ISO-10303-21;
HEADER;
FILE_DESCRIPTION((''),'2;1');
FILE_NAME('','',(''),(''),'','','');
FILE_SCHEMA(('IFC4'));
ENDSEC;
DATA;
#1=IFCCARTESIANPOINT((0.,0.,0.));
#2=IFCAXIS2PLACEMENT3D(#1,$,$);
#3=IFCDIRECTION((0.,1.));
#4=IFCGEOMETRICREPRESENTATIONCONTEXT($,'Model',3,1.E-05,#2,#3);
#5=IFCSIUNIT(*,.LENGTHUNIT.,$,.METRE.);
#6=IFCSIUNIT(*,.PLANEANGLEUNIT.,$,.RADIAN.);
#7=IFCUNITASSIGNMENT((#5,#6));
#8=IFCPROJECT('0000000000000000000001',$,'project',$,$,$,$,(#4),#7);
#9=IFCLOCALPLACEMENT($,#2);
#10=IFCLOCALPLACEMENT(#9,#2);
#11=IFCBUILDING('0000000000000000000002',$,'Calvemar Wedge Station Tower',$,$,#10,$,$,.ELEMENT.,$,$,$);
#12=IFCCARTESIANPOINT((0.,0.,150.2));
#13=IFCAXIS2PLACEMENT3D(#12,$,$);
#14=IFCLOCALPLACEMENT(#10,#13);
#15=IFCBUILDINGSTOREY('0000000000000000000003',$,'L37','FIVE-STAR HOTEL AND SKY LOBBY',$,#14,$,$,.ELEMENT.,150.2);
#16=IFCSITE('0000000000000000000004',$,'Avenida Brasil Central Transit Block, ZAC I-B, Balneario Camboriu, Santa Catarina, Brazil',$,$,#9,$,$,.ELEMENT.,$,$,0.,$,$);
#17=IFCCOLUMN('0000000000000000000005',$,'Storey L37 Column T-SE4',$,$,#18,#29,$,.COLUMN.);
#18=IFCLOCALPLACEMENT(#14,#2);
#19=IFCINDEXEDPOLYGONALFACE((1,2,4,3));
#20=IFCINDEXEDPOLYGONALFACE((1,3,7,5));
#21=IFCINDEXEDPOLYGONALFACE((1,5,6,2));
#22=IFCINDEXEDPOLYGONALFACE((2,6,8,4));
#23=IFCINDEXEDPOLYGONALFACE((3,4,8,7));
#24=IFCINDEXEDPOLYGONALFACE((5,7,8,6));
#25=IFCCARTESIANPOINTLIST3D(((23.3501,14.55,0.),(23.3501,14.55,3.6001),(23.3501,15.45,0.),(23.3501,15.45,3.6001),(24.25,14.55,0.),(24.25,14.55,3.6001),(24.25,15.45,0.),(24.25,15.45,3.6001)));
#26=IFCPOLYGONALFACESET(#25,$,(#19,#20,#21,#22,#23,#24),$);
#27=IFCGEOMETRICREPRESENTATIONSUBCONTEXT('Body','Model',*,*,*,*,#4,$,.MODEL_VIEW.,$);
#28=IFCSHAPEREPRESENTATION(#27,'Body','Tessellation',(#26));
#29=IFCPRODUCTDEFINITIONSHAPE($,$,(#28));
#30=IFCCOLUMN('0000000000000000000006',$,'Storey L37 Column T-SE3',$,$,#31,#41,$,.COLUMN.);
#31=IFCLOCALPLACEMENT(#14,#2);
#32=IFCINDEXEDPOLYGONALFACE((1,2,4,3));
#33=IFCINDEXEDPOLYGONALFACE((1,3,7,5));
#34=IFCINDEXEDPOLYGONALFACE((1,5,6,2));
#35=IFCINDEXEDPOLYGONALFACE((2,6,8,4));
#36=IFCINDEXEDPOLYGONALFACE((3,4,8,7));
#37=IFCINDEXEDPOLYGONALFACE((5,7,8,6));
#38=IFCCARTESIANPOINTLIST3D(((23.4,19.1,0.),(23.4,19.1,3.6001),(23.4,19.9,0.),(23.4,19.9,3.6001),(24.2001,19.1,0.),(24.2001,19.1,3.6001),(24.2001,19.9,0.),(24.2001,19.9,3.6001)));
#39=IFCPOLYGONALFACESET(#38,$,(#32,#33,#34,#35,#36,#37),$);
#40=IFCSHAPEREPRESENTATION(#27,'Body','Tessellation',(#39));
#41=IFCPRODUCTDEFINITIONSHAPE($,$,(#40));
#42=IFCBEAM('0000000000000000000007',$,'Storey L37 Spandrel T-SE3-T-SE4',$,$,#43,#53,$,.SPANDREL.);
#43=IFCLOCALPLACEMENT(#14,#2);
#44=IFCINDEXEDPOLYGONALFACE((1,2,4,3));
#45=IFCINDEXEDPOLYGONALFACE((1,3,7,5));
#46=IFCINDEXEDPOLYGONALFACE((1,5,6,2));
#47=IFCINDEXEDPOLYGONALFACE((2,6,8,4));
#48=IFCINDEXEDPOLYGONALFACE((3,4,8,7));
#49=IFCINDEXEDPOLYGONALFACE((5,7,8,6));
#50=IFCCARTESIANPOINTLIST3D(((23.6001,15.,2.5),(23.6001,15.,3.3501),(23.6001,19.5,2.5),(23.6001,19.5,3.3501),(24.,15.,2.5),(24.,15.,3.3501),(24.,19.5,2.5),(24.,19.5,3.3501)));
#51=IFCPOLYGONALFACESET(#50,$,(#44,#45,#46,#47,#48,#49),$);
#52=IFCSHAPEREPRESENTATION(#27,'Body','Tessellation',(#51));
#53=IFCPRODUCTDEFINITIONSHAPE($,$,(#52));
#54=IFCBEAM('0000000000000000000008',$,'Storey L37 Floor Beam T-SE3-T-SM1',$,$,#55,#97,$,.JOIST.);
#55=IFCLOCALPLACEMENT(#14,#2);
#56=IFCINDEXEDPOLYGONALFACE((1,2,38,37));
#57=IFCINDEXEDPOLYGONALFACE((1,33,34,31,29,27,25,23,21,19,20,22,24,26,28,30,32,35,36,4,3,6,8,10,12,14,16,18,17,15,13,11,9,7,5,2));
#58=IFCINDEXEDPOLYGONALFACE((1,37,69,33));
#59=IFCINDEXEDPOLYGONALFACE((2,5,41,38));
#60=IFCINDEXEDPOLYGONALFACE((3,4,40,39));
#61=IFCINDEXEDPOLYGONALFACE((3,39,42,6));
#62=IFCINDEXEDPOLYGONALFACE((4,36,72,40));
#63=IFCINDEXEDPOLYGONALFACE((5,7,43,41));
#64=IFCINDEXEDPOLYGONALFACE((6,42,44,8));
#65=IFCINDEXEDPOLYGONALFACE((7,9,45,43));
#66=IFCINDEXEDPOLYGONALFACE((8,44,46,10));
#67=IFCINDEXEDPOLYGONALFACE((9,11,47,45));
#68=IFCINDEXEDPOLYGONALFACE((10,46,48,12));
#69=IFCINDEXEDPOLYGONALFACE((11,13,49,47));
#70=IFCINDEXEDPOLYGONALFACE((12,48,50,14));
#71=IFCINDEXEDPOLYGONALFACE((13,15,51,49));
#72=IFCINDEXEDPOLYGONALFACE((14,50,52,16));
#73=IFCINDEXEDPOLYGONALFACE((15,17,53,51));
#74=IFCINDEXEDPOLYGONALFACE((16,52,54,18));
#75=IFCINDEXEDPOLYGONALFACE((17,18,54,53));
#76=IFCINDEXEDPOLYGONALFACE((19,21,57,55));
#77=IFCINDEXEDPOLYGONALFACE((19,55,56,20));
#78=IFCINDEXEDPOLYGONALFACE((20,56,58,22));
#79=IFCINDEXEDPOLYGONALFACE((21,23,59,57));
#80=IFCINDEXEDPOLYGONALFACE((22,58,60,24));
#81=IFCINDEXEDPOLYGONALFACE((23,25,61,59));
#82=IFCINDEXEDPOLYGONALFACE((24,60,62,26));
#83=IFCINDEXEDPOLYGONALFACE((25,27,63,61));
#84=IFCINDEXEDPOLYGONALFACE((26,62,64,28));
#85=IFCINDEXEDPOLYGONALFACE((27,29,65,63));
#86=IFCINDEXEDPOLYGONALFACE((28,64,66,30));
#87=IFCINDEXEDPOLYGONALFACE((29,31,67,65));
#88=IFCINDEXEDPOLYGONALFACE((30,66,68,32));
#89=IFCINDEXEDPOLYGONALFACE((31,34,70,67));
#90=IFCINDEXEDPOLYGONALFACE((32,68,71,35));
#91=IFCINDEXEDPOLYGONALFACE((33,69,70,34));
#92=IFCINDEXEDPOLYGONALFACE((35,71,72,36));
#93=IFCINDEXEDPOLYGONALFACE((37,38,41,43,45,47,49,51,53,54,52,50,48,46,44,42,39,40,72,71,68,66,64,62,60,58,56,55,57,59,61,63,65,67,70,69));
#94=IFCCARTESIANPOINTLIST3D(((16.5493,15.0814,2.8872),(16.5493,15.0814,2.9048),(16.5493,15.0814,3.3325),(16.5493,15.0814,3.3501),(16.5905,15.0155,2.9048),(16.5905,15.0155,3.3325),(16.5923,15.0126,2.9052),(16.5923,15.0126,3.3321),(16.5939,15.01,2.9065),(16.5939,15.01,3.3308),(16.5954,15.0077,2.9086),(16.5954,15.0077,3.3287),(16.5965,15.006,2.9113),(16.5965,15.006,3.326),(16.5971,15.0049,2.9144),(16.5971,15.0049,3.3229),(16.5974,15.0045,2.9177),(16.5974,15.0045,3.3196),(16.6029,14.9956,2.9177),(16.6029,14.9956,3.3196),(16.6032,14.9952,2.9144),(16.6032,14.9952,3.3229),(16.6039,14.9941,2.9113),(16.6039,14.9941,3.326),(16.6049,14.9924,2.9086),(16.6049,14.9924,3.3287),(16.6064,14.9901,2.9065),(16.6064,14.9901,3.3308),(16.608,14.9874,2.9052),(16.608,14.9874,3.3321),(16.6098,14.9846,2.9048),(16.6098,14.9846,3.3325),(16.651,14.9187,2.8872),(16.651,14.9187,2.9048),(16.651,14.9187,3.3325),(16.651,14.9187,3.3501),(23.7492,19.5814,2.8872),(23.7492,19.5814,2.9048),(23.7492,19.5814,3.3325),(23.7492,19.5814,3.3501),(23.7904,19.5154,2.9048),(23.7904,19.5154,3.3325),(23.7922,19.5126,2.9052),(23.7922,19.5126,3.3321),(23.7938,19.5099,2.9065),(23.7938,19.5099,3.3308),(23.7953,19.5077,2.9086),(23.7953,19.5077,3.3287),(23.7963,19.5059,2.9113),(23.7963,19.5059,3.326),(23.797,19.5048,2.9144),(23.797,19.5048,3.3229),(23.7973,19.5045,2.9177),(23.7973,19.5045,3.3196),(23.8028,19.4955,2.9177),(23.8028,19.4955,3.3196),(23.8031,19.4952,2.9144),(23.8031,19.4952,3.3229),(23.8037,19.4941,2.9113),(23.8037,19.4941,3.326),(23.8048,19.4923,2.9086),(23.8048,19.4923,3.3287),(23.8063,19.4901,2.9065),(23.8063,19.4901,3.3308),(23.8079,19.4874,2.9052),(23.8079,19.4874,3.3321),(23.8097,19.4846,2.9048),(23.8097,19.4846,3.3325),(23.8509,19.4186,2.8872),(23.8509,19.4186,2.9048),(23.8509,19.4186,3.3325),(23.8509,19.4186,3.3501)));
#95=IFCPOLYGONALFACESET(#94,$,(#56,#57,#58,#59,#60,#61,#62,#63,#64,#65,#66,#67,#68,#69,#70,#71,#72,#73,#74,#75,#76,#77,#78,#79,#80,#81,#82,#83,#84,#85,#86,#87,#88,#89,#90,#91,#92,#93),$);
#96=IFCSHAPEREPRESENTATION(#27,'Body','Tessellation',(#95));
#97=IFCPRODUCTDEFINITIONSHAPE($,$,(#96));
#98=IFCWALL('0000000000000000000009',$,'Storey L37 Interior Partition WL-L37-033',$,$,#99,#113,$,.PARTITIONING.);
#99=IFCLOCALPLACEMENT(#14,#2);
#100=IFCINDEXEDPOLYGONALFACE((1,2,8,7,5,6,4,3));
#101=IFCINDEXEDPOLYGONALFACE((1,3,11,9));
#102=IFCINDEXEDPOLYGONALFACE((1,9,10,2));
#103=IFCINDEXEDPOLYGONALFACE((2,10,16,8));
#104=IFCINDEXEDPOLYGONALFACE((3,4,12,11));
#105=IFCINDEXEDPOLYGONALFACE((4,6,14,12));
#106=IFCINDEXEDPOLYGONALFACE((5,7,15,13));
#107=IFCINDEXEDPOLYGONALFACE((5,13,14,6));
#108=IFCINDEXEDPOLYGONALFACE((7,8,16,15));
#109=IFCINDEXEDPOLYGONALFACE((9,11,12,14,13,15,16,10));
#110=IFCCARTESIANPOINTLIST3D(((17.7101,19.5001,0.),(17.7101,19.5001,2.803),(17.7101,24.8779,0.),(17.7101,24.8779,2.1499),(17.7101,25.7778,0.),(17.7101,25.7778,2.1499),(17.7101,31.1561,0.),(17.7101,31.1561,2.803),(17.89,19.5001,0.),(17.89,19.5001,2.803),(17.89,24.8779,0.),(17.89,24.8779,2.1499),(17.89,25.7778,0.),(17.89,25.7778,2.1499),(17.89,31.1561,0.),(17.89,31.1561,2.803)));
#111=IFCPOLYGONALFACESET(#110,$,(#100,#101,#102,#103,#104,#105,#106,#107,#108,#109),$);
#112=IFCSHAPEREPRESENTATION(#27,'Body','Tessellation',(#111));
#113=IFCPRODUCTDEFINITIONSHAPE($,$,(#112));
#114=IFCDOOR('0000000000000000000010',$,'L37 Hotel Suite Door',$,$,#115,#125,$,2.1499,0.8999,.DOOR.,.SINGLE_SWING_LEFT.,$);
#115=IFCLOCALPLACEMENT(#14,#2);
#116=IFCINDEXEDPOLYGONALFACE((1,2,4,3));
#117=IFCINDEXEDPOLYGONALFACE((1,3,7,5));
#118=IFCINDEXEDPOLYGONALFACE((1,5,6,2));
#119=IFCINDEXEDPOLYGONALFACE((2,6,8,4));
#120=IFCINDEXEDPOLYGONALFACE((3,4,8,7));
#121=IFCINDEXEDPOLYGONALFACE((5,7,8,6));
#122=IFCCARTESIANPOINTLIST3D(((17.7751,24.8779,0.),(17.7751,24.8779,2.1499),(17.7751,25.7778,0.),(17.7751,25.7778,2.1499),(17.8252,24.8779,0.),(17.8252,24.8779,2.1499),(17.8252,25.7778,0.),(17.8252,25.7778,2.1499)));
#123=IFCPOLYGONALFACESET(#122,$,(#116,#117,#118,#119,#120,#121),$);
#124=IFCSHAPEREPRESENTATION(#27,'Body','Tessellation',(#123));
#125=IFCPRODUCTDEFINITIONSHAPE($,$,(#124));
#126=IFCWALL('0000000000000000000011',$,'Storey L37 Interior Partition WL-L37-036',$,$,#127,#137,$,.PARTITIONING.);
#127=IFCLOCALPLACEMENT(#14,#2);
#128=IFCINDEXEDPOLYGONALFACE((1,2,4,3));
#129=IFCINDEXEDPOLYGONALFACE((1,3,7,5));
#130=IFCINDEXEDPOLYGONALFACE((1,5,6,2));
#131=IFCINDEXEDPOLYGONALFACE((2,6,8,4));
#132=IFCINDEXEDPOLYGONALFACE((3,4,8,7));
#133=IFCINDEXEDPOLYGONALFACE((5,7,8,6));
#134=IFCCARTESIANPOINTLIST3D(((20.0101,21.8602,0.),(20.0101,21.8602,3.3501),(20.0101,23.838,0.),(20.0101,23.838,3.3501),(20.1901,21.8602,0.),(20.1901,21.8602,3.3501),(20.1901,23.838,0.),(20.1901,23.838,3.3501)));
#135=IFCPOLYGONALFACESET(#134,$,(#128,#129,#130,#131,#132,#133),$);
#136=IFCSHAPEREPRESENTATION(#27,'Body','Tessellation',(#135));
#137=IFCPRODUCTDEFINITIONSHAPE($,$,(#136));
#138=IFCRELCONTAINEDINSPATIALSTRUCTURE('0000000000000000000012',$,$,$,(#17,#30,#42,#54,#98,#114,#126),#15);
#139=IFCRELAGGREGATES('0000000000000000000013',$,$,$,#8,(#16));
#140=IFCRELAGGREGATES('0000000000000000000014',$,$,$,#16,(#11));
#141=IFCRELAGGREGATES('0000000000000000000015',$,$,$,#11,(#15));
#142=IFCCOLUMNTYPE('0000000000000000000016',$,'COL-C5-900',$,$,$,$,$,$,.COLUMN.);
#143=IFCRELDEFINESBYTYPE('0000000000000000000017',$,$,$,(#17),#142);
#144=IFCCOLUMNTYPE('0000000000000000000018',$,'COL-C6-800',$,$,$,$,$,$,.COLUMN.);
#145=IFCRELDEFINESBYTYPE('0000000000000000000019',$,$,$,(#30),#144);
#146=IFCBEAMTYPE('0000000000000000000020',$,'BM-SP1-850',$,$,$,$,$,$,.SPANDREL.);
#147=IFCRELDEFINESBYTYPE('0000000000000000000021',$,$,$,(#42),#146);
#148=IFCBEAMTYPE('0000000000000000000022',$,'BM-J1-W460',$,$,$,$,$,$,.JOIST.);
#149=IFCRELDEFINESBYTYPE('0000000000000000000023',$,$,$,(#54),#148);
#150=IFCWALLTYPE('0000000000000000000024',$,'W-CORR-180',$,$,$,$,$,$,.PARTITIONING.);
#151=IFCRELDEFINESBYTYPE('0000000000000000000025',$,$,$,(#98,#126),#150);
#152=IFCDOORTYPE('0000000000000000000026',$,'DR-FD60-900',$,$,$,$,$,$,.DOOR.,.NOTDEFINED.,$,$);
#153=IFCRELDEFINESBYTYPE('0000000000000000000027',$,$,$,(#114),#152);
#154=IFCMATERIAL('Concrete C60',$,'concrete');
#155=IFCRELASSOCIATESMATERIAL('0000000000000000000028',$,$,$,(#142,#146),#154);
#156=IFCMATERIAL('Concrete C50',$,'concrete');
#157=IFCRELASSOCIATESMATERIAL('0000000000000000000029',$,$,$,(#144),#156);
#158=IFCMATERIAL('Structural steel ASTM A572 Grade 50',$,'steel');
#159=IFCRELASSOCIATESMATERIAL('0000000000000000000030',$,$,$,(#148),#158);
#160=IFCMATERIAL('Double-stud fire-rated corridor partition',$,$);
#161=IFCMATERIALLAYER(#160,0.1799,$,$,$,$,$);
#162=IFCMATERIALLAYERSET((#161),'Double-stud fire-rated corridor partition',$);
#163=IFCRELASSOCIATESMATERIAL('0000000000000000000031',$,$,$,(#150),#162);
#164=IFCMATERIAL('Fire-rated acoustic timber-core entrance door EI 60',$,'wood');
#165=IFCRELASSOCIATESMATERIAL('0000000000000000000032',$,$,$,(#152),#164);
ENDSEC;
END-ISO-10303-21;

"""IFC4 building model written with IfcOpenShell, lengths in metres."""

from ifc_helpers import new_model, si_unit, direction, frame, frame_2d, origin, origin_2d, place, context, subcontext, project, spatial, rectangle, i_section, extrude, source, transform, mapped, material, layer, layer_set, material_profile, profile_set, type_object, element, fill, save


model = new_model("IFC4")

# Units and contexts
model_context = context("Model", 3, precision=1e-05, world=origin(), true_north=direction((0.0, 1.0)))
body_context = subcontext(model_context, "Body", "Model", "MODEL_VIEW")
ifc_project = project(units=[si_unit("LENGTHUNIT", "METRE"), si_unit("PLANEANGLEUNIT", "RADIAN")], contexts=[model_context])

# Site, building, storey
site_placement = place(None, origin())
site = spatial("IfcSite", under=ifc_project, at=site_placement, Name="Avenida Brasil Central Transit Block, ZAC I-B, Balneario Camboriu, Santa Catarina, Brazil", CompositionType="ELEMENT", RefElevation=0.0)
building_placement = place(site_placement, origin())
building = spatial("IfcBuilding", under=site, at=building_placement, Name="Calvemar Wedge Station Tower", CompositionType="ELEMENT")
storey_placement = place(building_placement, frame((0.0, 0.0, 150.2)))
storey = spatial("IfcBuildingStorey", under=building, at=storey_placement, Name="L37", Description="FIVE-STAR HOTEL AND SKY LOBBY", CompositionType="ELEMENT", Elevation=150.2)

# Columns
ifc_material_1 = material(Name="Concrete C60", Category="concrete")
ifc_material_profile_1 = material_profile(ifc_material_1, rectangle(XDim=0.8999, YDim=0.8999, at=origin_2d()), Name="RC900x900")
ifc_profile_set_1 = profile_set([ifc_material_profile_1], Name="Concrete C60")
column_type_1 = type_object("IfcColumnType", Name="COL-C5-900", PredefinedType="COLUMN", material=ifc_profile_set_1)
shared_shape_1 = source(origin(), body_context, "Body", "SweptSolid", [
    extrude(rectangle(XDim=0.8999, YDim=0.8999, at=origin_2d()), origin(), (0.0, 0.0, 1.0), 3.6001),
])
column_1_placement = place(storey_placement, frame((23.8, 15.0, 0.0), z_axis=(0.0, 0.0, 1.0), x_axis=(1.0, 0.0, 0.0)))
element("IfcColumn", 1, at=column_1_placement, inside=storey, type_object=column_type_1, Name="Storey L37 Column T-SE4", PredefinedType="COLUMN", context=body_context, shape_type="MappedRepresentation", body=[
    mapped(shared_shape_1, transform((0.0, 0.0, 0.0), scale=1.0)),
])
ifc_material_2 = material(Name="Concrete C50", Category="concrete")
ifc_material_profile_2 = material_profile(ifc_material_2, rectangle(XDim=0.8, YDim=0.8, at=origin_2d()), Name="RC800x800")
ifc_profile_set_2 = profile_set([ifc_material_profile_2], Name="Concrete C50")
column_type_2 = type_object("IfcColumnType", Name="COL-C6-800", PredefinedType="COLUMN", material=ifc_profile_set_2)
shared_shape_2 = source(origin(), body_context, "Body", "SweptSolid", [
    extrude(rectangle(XDim=0.8, YDim=0.8, at=origin_2d()), origin(), (0.0, 0.0, 1.0), 3.6001),
])
column_2_placement = place(storey_placement, frame((23.8, 19.5, 0.0), z_axis=(0.0, 0.0, 1.0), x_axis=(1.0, 0.0, 0.0)))
element("IfcColumn", 2, at=column_2_placement, inside=storey, type_object=column_type_2, Name="Storey L37 Column T-SE3", PredefinedType="COLUMN", context=body_context, shape_type="MappedRepresentation", body=[
    mapped(shared_shape_2, transform((0.0, 0.0, 0.0), scale=1.0)),
])

# Beams
ifc_material_profile_3 = material_profile(ifc_material_1, rectangle(XDim=0.3999, YDim=0.8501, at=origin_2d()), Name="RC400x850")
ifc_profile_set_3 = profile_set([ifc_material_profile_3], Name="Concrete C60")
beam_type_1 = type_object("IfcBeamType", Name="BM-SP1-850", PredefinedType="SPANDREL", material=ifc_profile_set_3)
shared_shape_3 = source(origin(), body_context, "Body", "SweptSolid", [
    extrude(rectangle(XDim=0.3999, YDim=0.8501, at=origin_2d()), origin(), (0.0, 0.0, 1.0), 4.5),
])
beam_1_placement = place(storey_placement, frame((23.8, 19.5, 2.925), z_axis=(0.0, -1.0, 0.0), x_axis=(1.0, 0.0, 0.0)))
element("IfcBeam", 3, at=beam_1_placement, inside=storey, type_object=beam_type_1, Name="Storey L37 Spandrel T-SE3-T-SE4", PredefinedType="SPANDREL", context=body_context, shape_type="MappedRepresentation", body=[
    mapped(shared_shape_3, transform((0.0, 0.0, 0.0), scale=1.0)),
])
ifc_material_3 = material(Name="Structural steel ASTM A572 Grade 50", Category="steel")
ifc_material_profile_4 = material_profile(ifc_material_3, i_section(OverallWidth=0.1919, OverallDepth=0.4629, WebThickness=0.0105, FlangeThickness=0.0176, FilletRadius=0.0129, at=origin_2d()), Name="W460x89")
ifc_profile_set_4 = profile_set([ifc_material_profile_4], Name="Structural steel ASTM A572 Grade 50")
beam_type_2 = type_object("IfcBeamType", Name="BM-J1-W460", PredefinedType="JOIST", material=ifc_profile_set_4)
shared_shape_4 = source(origin(), body_context, "Body", "SweptSolid", [
    extrude(i_section(OverallWidth=0.1919, OverallDepth=0.4629, WebThickness=0.0105, FlangeThickness=0.0176, FilletRadius=0.0129, at=origin_2d()), origin(), (0.0, 0.0, 1.0), 8.4905),
])
beam_2_placement = place(storey_placement, frame((23.8, 19.5, 3.1187), z_axis=(-0.847997, -0.530002, 0.0), x_axis=(0.530002, -0.847997, 0.0)))
element("IfcBeam", 4, at=beam_2_placement, inside=storey, type_object=beam_type_2, Name="Storey L37 Floor Beam T-SE3-T-SM1", PredefinedType="JOIST", context=body_context, shape_type="MappedRepresentation", body=[
    mapped(shared_shape_4, transform((0.0, 0.0, 0.0), scale=1.0)),
])

# Wall, opening, door
ifc_material_4 = material(Name="Double-stud fire-rated corridor partition")
ifc_layer_1 = layer(ifc_material_4, 0.1799)
ifc_layer_set_1 = layer_set([ifc_layer_1], Name="Double-stud fire-rated corridor partition")
wall_type_1 = type_object("IfcWallType", Name="W-CORR-180", PredefinedType="PARTITIONING", material=ifc_layer_set_1)
wall_1_placement = place(storey_placement, frame((17.8, 19.5, 0.0), z_axis=(0.0, 0.0, 1.0), x_axis=(0.0, 1.0, 0.0)))
wall_1 = element("IfcWall", 5, at=wall_1_placement, inside=storey, type_object=wall_type_1, Name="Storey L37 Interior Partition WL-L37-033", PredefinedType="PARTITIONING", context=body_context, shape_type="SweptSolid", body=[
    extrude(rectangle(XDim=11.656, YDim=0.1799, at=frame_2d((5.8281, 0.0))), origin(), (0.0, 0.0, 1.0), 2.803),
])
shared_shape_5 = source(origin(), body_context, "Body", "SweptSolid", [
    extrude(rectangle(XDim=0.8999, YDim=2.1499, at=frame_2d((0.45, 1.075))), frame((0.0, 0.1001, 0.0), z_axis=(0.0, -1.0, 0.0), x_axis=(1.0, 0.0, 0.0)), (0.0, 0.0, 1.0), 0.2),
])
opening_1_placement = place(wall_1_placement, frame((5.3779, 0.0, 0.0)))
opening_1 = element("IfcOpeningElement", 6, at=opening_1_placement, cuts=wall_1, PredefinedType="OPENING", context=body_context, shape_type="MappedRepresentation", body=[
    mapped(shared_shape_5, transform((0.0, 0.0, 0.0), scale=1.0)),
])
ifc_material_5 = material(Name="Fire-rated acoustic timber-core entrance door EI 60", Category="wood")
door_type_1 = type_object("IfcDoorType", Name="DR-FD60-900", OperationType="NOTDEFINED", PredefinedType="DOOR", material=ifc_material_5)
shared_shape_6 = source(origin(), body_context, "Body", "SweptSolid", [
    extrude(rectangle(XDim=0.8999, YDim=2.1499, at=frame_2d((0.45, 1.075))), frame((0.0, 0.0249, 0.0), z_axis=(0.0, -1.0, 0.0), x_axis=(1.0, 0.0, 0.0)), (0.0, 0.0, 1.0), 0.05),
])
door_1_placement = place(opening_1_placement, origin())
door_1 = element("IfcDoor", 7, at=door_1_placement, inside=storey, type_object=door_type_1, Name="L37 Hotel Suite Door", OperationType="SINGLE_SWING_LEFT", OverallHeight=2.1499, OverallWidth=0.8999, PredefinedType="DOOR", context=body_context, shape_type="MappedRepresentation", body=[
    mapped(shared_shape_6, transform((0.0, 0.0, 0.0), scale=1.0)),
])
fill(opening_1, door_1)

# Wall
wall_2_placement = place(storey_placement, frame((20.1001, 23.8379, 0.0), z_axis=(0.0, 0.0, 1.0), x_axis=(0.0, -1.0, 0.0)))
element("IfcWall", 8, at=wall_2_placement, inside=storey, type_object=wall_type_1, Name="Storey L37 Interior Partition WL-L37-036", PredefinedType="PARTITIONING", context=body_context, shape_type="SweptSolid", body=[
    extrude(rectangle(XDim=1.9778, YDim=0.1799, at=frame_2d((0.9888, 0.0))), origin(), (0.0, 0.0, 1.0), 3.3501),
])

save(model, "model.ifc")
